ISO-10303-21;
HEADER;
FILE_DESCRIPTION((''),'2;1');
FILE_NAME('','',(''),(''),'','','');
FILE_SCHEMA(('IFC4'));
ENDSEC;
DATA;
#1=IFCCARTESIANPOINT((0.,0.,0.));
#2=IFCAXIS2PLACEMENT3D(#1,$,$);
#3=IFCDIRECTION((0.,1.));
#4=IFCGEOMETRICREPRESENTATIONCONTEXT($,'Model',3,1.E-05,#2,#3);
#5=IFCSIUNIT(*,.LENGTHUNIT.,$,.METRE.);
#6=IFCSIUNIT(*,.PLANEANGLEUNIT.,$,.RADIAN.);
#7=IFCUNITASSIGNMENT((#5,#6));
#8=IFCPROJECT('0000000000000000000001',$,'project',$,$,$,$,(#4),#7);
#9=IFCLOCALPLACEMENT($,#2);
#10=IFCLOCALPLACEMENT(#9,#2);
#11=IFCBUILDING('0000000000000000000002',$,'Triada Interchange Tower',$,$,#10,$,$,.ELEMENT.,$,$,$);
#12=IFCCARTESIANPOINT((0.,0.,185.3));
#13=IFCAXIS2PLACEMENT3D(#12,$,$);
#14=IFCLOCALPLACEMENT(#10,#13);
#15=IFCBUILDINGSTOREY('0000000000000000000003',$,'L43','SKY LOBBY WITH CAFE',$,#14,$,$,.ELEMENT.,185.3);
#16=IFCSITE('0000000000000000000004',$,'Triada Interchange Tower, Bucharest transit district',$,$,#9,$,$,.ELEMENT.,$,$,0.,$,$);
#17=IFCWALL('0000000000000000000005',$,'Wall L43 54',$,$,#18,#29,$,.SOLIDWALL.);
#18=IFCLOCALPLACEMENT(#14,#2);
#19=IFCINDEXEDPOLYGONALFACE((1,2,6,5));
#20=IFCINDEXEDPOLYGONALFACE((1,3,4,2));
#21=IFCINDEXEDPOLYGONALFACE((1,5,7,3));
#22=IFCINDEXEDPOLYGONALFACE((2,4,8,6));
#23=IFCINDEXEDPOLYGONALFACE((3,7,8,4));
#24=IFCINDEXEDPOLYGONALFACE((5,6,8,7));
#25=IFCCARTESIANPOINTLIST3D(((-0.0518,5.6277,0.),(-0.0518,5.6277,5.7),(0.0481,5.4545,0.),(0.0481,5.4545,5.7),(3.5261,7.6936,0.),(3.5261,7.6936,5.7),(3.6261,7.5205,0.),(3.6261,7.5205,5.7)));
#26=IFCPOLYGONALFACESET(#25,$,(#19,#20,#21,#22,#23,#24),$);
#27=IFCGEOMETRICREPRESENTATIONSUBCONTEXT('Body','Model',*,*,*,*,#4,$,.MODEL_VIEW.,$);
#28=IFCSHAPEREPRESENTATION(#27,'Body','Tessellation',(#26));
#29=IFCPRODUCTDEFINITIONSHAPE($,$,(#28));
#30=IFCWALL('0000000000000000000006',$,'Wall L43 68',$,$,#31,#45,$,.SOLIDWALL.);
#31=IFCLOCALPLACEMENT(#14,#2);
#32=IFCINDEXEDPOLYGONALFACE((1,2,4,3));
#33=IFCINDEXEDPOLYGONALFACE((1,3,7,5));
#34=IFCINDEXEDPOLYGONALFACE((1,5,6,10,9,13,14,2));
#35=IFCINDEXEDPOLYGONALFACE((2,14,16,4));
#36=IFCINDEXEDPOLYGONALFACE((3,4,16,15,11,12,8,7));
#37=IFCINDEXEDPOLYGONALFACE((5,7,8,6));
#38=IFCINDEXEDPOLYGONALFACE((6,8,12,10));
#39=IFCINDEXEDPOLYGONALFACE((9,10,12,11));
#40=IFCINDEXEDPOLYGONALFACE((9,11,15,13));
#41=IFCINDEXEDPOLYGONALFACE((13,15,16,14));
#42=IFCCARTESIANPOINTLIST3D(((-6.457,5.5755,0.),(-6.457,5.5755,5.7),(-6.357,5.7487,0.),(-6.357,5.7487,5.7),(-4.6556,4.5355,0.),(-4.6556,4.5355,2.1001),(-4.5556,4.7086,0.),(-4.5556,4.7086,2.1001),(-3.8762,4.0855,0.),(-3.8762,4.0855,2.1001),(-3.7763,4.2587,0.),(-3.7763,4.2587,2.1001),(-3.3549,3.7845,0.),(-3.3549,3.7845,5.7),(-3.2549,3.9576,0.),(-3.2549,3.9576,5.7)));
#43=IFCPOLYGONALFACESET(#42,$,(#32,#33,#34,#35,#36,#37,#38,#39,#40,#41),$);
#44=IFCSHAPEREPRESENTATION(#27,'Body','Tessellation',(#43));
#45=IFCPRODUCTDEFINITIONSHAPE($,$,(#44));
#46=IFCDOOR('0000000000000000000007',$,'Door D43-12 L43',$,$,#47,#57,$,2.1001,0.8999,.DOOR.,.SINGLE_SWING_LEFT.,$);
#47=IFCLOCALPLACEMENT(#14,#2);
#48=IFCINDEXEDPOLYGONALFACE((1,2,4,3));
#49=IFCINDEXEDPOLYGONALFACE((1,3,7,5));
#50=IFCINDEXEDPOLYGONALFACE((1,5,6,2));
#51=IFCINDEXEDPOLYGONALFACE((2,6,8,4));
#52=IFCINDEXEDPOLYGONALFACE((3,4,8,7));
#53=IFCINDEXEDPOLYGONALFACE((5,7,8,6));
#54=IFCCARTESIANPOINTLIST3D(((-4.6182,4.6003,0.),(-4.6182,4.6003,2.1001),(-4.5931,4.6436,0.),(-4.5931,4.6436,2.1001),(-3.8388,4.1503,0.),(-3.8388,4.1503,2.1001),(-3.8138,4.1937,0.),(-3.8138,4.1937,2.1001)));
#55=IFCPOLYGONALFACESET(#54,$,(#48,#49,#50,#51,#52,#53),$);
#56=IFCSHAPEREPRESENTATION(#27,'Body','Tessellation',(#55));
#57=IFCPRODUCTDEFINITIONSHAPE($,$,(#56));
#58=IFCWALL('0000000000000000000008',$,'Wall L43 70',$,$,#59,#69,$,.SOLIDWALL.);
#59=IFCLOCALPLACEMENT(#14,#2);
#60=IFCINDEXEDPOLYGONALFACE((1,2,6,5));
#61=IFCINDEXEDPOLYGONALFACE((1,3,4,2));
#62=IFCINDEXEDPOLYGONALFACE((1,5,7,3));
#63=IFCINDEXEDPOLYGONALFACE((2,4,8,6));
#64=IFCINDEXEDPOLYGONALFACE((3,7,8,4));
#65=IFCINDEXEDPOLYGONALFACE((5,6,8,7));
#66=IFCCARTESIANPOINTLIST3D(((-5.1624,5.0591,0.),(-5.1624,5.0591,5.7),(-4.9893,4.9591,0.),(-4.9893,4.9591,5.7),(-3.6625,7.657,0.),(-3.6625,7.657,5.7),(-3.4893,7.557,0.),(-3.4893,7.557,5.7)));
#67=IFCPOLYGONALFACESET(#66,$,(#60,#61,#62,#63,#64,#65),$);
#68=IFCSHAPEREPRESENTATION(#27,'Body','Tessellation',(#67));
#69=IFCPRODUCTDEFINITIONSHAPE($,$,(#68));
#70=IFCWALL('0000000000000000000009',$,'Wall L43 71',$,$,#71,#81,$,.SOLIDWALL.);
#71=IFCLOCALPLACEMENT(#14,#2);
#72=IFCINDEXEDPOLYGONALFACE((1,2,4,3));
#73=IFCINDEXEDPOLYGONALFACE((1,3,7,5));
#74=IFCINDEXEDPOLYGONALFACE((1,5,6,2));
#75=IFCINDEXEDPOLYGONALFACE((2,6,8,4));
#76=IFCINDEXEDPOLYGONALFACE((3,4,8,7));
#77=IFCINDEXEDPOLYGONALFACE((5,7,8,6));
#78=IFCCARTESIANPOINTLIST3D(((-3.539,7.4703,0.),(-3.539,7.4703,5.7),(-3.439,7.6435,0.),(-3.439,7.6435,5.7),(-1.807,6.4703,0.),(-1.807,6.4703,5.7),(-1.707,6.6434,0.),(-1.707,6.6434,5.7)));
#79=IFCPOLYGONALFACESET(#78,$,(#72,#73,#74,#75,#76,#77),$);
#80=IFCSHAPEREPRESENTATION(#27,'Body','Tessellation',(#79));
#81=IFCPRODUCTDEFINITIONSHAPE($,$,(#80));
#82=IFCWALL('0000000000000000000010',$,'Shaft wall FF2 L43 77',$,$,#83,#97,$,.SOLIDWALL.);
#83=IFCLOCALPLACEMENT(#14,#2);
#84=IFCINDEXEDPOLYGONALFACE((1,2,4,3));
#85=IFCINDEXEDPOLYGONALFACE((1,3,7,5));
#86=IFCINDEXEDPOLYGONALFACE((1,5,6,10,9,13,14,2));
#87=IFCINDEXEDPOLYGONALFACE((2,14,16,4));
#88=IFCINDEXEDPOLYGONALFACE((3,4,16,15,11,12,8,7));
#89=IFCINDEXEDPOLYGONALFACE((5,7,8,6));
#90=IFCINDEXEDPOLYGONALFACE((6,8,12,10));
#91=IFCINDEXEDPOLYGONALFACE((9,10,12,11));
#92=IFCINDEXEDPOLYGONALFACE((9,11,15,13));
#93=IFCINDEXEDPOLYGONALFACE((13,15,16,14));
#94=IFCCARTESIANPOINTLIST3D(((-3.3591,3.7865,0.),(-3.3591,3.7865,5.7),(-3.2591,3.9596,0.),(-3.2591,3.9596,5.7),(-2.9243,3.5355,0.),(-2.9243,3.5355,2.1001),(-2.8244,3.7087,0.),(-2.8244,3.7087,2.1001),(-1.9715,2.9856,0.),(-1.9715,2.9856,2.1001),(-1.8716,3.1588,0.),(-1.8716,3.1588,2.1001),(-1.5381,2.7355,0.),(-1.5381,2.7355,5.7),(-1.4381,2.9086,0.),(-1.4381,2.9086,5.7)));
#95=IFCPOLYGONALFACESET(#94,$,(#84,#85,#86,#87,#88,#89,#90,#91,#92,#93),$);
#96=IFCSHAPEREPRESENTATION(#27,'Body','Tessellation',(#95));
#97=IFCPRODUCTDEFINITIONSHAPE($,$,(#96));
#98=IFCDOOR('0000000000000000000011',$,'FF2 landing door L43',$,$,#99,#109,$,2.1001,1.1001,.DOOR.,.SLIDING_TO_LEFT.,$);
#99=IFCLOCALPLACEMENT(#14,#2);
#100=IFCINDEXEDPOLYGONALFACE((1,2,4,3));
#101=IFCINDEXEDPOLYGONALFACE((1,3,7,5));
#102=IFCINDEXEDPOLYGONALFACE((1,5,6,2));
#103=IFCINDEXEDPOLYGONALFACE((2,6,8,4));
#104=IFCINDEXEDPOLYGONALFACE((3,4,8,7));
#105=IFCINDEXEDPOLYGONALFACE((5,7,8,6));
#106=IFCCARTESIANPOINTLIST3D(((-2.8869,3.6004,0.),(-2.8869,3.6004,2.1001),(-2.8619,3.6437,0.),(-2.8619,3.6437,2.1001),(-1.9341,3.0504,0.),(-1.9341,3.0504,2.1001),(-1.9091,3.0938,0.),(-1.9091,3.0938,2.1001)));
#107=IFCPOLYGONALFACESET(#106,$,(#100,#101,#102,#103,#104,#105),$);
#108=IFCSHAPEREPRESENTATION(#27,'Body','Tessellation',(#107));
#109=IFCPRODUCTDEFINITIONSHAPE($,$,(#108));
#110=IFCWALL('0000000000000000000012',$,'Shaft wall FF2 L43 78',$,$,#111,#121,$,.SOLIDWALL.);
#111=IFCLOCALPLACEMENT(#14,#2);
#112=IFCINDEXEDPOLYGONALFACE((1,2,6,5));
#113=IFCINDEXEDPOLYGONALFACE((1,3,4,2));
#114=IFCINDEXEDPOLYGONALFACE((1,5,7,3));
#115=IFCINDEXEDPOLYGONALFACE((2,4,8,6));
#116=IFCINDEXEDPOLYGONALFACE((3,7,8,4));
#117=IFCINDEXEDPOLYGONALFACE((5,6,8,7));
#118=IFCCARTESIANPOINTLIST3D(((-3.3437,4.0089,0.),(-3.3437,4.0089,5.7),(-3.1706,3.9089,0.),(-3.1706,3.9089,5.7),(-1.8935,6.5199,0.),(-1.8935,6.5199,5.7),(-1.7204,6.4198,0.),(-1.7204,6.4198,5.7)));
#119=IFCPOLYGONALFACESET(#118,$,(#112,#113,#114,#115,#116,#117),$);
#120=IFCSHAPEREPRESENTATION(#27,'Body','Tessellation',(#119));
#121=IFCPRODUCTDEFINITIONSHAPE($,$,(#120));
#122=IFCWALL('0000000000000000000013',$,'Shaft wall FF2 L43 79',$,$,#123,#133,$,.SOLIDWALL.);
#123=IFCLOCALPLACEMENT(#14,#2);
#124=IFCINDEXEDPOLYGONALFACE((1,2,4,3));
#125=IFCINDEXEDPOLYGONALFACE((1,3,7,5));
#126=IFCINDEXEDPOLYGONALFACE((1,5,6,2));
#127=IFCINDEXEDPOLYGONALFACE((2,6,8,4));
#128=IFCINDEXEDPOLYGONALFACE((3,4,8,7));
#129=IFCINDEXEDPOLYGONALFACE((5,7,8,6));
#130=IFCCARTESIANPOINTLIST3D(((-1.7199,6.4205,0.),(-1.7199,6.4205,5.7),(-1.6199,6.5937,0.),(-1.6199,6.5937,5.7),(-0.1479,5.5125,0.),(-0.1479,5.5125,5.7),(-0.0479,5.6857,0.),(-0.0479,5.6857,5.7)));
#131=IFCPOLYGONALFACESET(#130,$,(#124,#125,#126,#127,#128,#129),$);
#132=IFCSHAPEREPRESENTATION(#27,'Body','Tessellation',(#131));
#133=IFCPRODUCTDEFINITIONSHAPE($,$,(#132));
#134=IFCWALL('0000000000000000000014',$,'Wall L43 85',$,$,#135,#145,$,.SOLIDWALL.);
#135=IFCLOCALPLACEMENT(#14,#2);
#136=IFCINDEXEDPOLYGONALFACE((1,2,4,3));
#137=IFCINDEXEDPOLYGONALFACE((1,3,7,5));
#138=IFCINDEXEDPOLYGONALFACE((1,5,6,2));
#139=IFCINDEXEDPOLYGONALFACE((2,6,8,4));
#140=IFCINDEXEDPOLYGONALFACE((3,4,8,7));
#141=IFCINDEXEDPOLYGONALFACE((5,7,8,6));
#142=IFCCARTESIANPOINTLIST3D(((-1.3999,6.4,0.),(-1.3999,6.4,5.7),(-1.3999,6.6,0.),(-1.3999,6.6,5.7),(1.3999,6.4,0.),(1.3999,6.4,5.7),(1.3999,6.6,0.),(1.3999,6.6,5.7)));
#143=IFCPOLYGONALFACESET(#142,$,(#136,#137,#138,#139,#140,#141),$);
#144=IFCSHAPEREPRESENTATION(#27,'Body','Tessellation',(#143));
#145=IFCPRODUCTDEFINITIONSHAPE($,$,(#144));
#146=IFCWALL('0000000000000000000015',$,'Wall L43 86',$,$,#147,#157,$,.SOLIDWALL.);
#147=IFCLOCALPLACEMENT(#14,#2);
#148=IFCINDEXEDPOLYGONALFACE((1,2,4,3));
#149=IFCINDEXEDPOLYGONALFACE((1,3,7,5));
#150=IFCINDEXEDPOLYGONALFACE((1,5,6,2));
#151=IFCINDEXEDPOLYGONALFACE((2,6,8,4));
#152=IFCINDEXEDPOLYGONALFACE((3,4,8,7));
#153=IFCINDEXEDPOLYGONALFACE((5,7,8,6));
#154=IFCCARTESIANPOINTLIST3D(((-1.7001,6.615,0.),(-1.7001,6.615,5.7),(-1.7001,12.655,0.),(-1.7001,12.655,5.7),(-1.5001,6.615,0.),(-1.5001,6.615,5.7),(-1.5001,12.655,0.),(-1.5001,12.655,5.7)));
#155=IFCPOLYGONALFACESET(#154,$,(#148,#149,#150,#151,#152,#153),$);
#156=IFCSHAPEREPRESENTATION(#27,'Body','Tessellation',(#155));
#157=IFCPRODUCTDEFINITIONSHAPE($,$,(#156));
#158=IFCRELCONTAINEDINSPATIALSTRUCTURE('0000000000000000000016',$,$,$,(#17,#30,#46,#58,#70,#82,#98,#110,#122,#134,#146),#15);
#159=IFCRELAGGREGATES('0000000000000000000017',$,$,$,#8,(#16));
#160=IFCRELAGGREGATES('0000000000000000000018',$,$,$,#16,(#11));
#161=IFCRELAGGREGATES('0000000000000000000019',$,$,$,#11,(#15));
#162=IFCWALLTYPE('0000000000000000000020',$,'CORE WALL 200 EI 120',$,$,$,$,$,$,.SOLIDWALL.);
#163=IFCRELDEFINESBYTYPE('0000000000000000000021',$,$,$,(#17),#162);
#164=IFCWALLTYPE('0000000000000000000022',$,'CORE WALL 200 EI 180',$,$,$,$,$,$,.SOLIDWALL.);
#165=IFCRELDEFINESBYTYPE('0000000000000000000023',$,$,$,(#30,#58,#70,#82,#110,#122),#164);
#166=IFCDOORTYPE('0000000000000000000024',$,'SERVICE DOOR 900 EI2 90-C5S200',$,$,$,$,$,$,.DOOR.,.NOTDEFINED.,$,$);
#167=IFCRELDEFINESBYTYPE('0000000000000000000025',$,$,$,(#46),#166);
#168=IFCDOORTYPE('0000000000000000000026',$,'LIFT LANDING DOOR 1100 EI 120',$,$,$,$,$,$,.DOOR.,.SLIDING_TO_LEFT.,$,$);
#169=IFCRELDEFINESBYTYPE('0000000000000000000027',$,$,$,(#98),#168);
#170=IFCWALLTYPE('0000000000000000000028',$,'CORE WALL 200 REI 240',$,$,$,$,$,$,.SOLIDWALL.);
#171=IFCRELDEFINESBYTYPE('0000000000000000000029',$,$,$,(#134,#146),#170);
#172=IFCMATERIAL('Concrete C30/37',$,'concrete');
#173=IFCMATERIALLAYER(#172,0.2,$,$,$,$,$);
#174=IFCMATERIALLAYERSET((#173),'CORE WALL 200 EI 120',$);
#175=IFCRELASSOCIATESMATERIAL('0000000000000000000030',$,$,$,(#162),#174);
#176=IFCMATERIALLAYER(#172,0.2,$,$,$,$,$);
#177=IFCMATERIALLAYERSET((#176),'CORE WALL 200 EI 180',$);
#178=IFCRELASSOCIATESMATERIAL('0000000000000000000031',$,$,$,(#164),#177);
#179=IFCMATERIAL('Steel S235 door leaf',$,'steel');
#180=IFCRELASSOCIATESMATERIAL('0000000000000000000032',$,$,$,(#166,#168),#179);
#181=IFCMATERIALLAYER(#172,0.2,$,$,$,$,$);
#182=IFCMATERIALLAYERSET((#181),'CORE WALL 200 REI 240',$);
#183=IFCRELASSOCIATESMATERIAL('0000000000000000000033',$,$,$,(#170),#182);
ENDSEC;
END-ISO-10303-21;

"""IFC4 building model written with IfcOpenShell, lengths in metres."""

from ifc_helpers import new_model, si_unit, direction, frame, frame_2d, origin, place, context, subcontext, project, spatial, rectangle, extrude, material, layer, layer_set, type_object, element, fill, save


model = new_model("IFC4")

# Units and contexts
model_context = context("Model", 3, precision=1e-05, world=origin(), true_north=direction((0.0, 1.0)))
body_context = subcontext(model_context, "Body", "Model", "MODEL_VIEW")
ifc_project = project(units=[si_unit("LENGTHUNIT", "METRE"), si_unit("PLANEANGLEUNIT", "RADIAN")], contexts=[model_context])

# Site, building, storey
site_placement = place(None, origin())
site = spatial("IfcSite", under=ifc_project, at=site_placement, Name="Triada Interchange Tower, Bucharest transit district", CompositionType="ELEMENT", RefElevation=0.0)
building_placement = place(site_placement, origin())
building = spatial("IfcBuilding", under=site, at=building_placement, Name="Triada Interchange Tower", CompositionType="ELEMENT")
storey_placement = place(building_placement, frame((0.0, 0.0, 185.3)))
storey = spatial("IfcBuildingStorey", under=building, at=storey_placement, Name="L43", Description="SKY LOBBY WITH CAFE", CompositionType="ELEMENT", Elevation=185.3)

# Wall
ifc_material_1 = material(Name="Concrete C30/37", Category="concrete")
ifc_layer_1 = layer(ifc_material_1, 0.2)
ifc_layer_set_1 = layer_set([ifc_layer_1], Name="CORE WALL 200 EI 120")
wall_type_1 = type_object("IfcWallType", Name="CORE WALL 200 EI 120", PredefinedType="SOLIDWALL", material=ifc_layer_set_1)
wall_1_placement = place(storey_placement, frame((-0.002, 5.541, 0.0), z_axis=(0.0, 0.0, 1.0), x_axis=(0.866002, 0.500041, 0.0)))
element("IfcWall", 1, at=wall_1_placement, inside=storey, type_object=wall_type_1, Name="Wall L43 54", PredefinedType="SOLIDWALL", context=body_context, shape_type="SweptSolid", body=[
    extrude(rectangle(XDim=4.1316, YDim=0.2, at=frame_2d((2.0659, 0.0))), origin(), (0.0, 0.0, 1.0), 5.7),
])

# Wall, opening, door
ifc_layer_2 = layer(ifc_material_1, 0.2)
ifc_layer_set_2 = layer_set([ifc_layer_2], Name="CORE WALL 200 EI 180")
wall_type_2 = type_object("IfcWallType", Name="CORE WALL 200 EI 180", PredefinedType="SOLIDWALL", material=ifc_layer_set_2)
wall_2_placement = place(storey_placement, frame((-6.407, 5.6621, 0.0), z_axis=(0.0, 0.0, 1.0), x_axis=(0.86602, -0.50001, 0.0)))
wall_2 = element("IfcWall", 2, at=wall_2_placement, inside=storey, type_object=wall_type_2, Name="Wall L43 68", PredefinedType="SOLIDWALL", context=body_context, shape_type="SweptSolid", body=[
    extrude(rectangle(XDim=3.582, YDim=0.2, at=frame_2d((1.791, 0.0))), origin(), (0.0, 0.0, 1.0), 5.7),
])
opening_1_placement = place(wall_2_placement, frame((2.0801, 0.0, 0.0)))
opening_1 = element("IfcOpeningElement", 3, at=opening_1_placement, cuts=wall_2, PredefinedType="OPENING", context=body_context, shape_type="SweptSolid", body=[
    extrude(rectangle(XDim=0.8999, YDim=2.1001, at=frame_2d((0.45, 1.05))), frame((0.0, 0.1099, 0.0), z_axis=(0.0, -1.0, 0.0), x_axis=(1.0, 0.0, 0.0)), (0.0, 0.0, 1.0), 0.22),
])
ifc_material_2 = material(Name="Steel S235 door leaf", Category="steel")
door_type_1 = type_object("IfcDoorType", Name="SERVICE DOOR 900 EI2 90-C5S200", OperationType="NOTDEFINED", PredefinedType="DOOR", material=ifc_material_2)
door_1_placement = place(opening_1_placement, origin())
door_1 = element("IfcDoor", 4, at=door_1_placement, inside=storey, type_object=door_type_1, Name="Door D43-12 L43", OperationType="SINGLE_SWING_LEFT", OverallHeight=2.1001, OverallWidth=0.8999, PredefinedType="DOOR", context=body_context, shape_type="SweptSolid", body=[
    extrude(rectangle(XDim=0.8999, YDim=2.1001, at=frame_2d((0.45, 1.05))), frame((0.0, 0.0249, 0.0), z_axis=(0.0, -1.0, 0.0), x_axis=(1.0, 0.0, 0.0)), (0.0, 0.0, 1.0), 0.05),
])
fill(opening_1, door_1)

# Walls
wall_3_placement = place(storey_placement, frame((-5.0759, 5.009, 0.0), z_axis=(0.0, 0.0, 1.0), x_axis=(0.500025, 0.866011, 0.0)))
element("IfcWall", 5, at=wall_3_placement, inside=storey, type_object=wall_type_2, Name="Wall L43 70", PredefinedType="SOLIDWALL", context=body_context, shape_type="SweptSolid", body=[
    extrude(rectangle(XDim=2.9998, YDim=0.2, at=frame_2d((1.5, 0.0))), origin(), (0.0, 0.0, 1.0), 5.7),
])
wall_4_placement = place(storey_placement, frame((-3.489, 7.5569, 0.0), z_axis=(0.0, 0.0, 1.0), x_axis=(0.866011, -0.500025, 0.0)))
element("IfcWall", 6, at=wall_4_placement, inside=storey, type_object=wall_type_2, Name="Wall L43 71", PredefinedType="SOLIDWALL", context=body_context, shape_type="SweptSolid", body=[
    extrude(rectangle(XDim=2.0, YDim=0.2, at=frame_2d((1.0, 0.0))), origin(), (0.0, 0.0, 1.0), 5.7),
])

# Wall, opening, door
wall_5_placement = place(storey_placement, frame((-3.3091, 3.873, 0.0), z_axis=(0.0, 0.0, 1.0), x_axis=(0.866099, -0.499873, 0.0)))
wall_5 = element("IfcWall", 7, at=wall_5_placement, inside=storey, type_object=wall_type_2, Name="Shaft wall FF2 L43 77", PredefinedType="SOLIDWALL", context=body_context, shape_type="SweptSolid", body=[
    extrude(rectangle(XDim=2.1025, YDim=0.2, at=frame_2d((1.0513, 0.0))), origin(), (0.0, 0.0, 1.0), 5.7),
])
opening_2_placement = place(wall_5_placement, frame((0.502, 0.0, 0.0)))
opening_2 = element("IfcOpeningElement", 8, at=opening_2_placement, cuts=wall_5, PredefinedType="OPENING", context=body_context, shape_type="SweptSolid", body=[
    extrude(rectangle(XDim=1.1001, YDim=2.1001, at=frame_2d((0.55, 1.05))), frame((0.0, 0.1099, 0.0), z_axis=(0.0, -1.0, 0.0), x_axis=(1.0, 0.0, 0.0)), (0.0, 0.0, 1.0), 0.22),
])
door_type_2 = type_object("IfcDoorType", Name="LIFT LANDING DOOR 1100 EI 120", OperationType="SLIDING_TO_LEFT", PredefinedType="DOOR", material=ifc_material_2)
door_2_placement = place(opening_2_placement, origin())
door_2 = element("IfcDoor", 9, at=door_2_placement, inside=storey, type_object=door_type_2, Name="FF2 landing door L43", OperationType="SLIDING_TO_LEFT", OverallHeight=2.1001, OverallWidth=1.1001, PredefinedType="DOOR", context=body_context, shape_type="SweptSolid", body=[
    extrude(rectangle(XDim=1.1001, YDim=2.1001, at=frame_2d((0.55, 1.05))), frame((0.0, 0.0249, 0.0), z_axis=(0.0, -1.0, 0.0), x_axis=(1.0, 0.0, 0.0)), (0.0, 0.0, 1.0), 0.05),
])
fill(opening_2, door_2)

# Walls
wall_6_placement = place(storey_placement, frame((-3.2571, 3.959, 0.0), z_axis=(0.0, 0.0, 1.0), x_axis=(0.500123, 0.865954, 0.0)))
element("IfcWall", 10, at=wall_6_placement, inside=storey, type_object=wall_type_2, Name="Shaft wall FF2 L43 78", PredefinedType="SOLIDWALL", context=body_context, shape_type="SweptSolid", body=[
    extrude(rectangle(XDim=2.8997, YDim=0.2, at=frame_2d((1.4497, 0.0))), origin(), (0.0, 0.0, 1.0), 5.7),
])
wall_7_placement = place(storey_placement, frame((-1.6699, 6.5071, 0.0), z_axis=(0.0, 0.0, 1.0), x_axis=(0.865941, -0.500145, 0.0)))
element("IfcWall", 11, at=wall_7_placement, inside=storey, type_object=wall_type_2, Name="Shaft wall FF2 L43 79", PredefinedType="SOLIDWALL", context=body_context, shape_type="SweptSolid", body=[
    extrude(rectangle(XDim=1.8154, YDim=0.2, at=frame_2d((0.9077, 0.0))), origin(), (0.0, 0.0, 1.0), 5.7),
])
ifc_layer_3 = layer(ifc_material_1, 0.2)
ifc_layer_set_3 = layer_set([ifc_layer_3], Name="CORE WALL 200 REI 240")
wall_type_3 = type_object("IfcWallType", Name="CORE WALL 200 REI 240", PredefinedType="SOLIDWALL", material=ifc_layer_set_3)
wall_8_placement = place(storey_placement, frame((-1.3999, 6.5, 0.0), z_axis=(0.0, 0.0, 1.0), x_axis=(1.0, 0.0, 0.0)))
element("IfcWall", 12, at=wall_8_placement, inside=storey, type_object=wall_type_3, Name="Wall L43 85", PredefinedType="SOLIDWALL", context=body_context, shape_type="SweptSolid", body=[
    extrude(rectangle(XDim=2.7998, YDim=0.2, at=frame_2d((1.3999, 0.0))), origin(), (0.0, 0.0, 1.0), 5.7),
])
wall_9_placement = place(storey_placement, frame((-1.6001, 6.615, 0.0), z_axis=(0.0, 0.0, 1.0), x_axis=(0.0, 1.0, 0.0)))
element("IfcWall", 13, at=wall_9_placement, inside=storey, type_object=wall_type_3, Name="Wall L43 86", PredefinedType="SOLIDWALL", context=body_context, shape_type="SweptSolid", body=[
    extrude(rectangle(XDim=6.04, YDim=0.2, at=frame_2d((3.02, 0.0))), origin(), (0.0, 0.0, 1.0), 5.7),
])

save(model, "model.ifc")
